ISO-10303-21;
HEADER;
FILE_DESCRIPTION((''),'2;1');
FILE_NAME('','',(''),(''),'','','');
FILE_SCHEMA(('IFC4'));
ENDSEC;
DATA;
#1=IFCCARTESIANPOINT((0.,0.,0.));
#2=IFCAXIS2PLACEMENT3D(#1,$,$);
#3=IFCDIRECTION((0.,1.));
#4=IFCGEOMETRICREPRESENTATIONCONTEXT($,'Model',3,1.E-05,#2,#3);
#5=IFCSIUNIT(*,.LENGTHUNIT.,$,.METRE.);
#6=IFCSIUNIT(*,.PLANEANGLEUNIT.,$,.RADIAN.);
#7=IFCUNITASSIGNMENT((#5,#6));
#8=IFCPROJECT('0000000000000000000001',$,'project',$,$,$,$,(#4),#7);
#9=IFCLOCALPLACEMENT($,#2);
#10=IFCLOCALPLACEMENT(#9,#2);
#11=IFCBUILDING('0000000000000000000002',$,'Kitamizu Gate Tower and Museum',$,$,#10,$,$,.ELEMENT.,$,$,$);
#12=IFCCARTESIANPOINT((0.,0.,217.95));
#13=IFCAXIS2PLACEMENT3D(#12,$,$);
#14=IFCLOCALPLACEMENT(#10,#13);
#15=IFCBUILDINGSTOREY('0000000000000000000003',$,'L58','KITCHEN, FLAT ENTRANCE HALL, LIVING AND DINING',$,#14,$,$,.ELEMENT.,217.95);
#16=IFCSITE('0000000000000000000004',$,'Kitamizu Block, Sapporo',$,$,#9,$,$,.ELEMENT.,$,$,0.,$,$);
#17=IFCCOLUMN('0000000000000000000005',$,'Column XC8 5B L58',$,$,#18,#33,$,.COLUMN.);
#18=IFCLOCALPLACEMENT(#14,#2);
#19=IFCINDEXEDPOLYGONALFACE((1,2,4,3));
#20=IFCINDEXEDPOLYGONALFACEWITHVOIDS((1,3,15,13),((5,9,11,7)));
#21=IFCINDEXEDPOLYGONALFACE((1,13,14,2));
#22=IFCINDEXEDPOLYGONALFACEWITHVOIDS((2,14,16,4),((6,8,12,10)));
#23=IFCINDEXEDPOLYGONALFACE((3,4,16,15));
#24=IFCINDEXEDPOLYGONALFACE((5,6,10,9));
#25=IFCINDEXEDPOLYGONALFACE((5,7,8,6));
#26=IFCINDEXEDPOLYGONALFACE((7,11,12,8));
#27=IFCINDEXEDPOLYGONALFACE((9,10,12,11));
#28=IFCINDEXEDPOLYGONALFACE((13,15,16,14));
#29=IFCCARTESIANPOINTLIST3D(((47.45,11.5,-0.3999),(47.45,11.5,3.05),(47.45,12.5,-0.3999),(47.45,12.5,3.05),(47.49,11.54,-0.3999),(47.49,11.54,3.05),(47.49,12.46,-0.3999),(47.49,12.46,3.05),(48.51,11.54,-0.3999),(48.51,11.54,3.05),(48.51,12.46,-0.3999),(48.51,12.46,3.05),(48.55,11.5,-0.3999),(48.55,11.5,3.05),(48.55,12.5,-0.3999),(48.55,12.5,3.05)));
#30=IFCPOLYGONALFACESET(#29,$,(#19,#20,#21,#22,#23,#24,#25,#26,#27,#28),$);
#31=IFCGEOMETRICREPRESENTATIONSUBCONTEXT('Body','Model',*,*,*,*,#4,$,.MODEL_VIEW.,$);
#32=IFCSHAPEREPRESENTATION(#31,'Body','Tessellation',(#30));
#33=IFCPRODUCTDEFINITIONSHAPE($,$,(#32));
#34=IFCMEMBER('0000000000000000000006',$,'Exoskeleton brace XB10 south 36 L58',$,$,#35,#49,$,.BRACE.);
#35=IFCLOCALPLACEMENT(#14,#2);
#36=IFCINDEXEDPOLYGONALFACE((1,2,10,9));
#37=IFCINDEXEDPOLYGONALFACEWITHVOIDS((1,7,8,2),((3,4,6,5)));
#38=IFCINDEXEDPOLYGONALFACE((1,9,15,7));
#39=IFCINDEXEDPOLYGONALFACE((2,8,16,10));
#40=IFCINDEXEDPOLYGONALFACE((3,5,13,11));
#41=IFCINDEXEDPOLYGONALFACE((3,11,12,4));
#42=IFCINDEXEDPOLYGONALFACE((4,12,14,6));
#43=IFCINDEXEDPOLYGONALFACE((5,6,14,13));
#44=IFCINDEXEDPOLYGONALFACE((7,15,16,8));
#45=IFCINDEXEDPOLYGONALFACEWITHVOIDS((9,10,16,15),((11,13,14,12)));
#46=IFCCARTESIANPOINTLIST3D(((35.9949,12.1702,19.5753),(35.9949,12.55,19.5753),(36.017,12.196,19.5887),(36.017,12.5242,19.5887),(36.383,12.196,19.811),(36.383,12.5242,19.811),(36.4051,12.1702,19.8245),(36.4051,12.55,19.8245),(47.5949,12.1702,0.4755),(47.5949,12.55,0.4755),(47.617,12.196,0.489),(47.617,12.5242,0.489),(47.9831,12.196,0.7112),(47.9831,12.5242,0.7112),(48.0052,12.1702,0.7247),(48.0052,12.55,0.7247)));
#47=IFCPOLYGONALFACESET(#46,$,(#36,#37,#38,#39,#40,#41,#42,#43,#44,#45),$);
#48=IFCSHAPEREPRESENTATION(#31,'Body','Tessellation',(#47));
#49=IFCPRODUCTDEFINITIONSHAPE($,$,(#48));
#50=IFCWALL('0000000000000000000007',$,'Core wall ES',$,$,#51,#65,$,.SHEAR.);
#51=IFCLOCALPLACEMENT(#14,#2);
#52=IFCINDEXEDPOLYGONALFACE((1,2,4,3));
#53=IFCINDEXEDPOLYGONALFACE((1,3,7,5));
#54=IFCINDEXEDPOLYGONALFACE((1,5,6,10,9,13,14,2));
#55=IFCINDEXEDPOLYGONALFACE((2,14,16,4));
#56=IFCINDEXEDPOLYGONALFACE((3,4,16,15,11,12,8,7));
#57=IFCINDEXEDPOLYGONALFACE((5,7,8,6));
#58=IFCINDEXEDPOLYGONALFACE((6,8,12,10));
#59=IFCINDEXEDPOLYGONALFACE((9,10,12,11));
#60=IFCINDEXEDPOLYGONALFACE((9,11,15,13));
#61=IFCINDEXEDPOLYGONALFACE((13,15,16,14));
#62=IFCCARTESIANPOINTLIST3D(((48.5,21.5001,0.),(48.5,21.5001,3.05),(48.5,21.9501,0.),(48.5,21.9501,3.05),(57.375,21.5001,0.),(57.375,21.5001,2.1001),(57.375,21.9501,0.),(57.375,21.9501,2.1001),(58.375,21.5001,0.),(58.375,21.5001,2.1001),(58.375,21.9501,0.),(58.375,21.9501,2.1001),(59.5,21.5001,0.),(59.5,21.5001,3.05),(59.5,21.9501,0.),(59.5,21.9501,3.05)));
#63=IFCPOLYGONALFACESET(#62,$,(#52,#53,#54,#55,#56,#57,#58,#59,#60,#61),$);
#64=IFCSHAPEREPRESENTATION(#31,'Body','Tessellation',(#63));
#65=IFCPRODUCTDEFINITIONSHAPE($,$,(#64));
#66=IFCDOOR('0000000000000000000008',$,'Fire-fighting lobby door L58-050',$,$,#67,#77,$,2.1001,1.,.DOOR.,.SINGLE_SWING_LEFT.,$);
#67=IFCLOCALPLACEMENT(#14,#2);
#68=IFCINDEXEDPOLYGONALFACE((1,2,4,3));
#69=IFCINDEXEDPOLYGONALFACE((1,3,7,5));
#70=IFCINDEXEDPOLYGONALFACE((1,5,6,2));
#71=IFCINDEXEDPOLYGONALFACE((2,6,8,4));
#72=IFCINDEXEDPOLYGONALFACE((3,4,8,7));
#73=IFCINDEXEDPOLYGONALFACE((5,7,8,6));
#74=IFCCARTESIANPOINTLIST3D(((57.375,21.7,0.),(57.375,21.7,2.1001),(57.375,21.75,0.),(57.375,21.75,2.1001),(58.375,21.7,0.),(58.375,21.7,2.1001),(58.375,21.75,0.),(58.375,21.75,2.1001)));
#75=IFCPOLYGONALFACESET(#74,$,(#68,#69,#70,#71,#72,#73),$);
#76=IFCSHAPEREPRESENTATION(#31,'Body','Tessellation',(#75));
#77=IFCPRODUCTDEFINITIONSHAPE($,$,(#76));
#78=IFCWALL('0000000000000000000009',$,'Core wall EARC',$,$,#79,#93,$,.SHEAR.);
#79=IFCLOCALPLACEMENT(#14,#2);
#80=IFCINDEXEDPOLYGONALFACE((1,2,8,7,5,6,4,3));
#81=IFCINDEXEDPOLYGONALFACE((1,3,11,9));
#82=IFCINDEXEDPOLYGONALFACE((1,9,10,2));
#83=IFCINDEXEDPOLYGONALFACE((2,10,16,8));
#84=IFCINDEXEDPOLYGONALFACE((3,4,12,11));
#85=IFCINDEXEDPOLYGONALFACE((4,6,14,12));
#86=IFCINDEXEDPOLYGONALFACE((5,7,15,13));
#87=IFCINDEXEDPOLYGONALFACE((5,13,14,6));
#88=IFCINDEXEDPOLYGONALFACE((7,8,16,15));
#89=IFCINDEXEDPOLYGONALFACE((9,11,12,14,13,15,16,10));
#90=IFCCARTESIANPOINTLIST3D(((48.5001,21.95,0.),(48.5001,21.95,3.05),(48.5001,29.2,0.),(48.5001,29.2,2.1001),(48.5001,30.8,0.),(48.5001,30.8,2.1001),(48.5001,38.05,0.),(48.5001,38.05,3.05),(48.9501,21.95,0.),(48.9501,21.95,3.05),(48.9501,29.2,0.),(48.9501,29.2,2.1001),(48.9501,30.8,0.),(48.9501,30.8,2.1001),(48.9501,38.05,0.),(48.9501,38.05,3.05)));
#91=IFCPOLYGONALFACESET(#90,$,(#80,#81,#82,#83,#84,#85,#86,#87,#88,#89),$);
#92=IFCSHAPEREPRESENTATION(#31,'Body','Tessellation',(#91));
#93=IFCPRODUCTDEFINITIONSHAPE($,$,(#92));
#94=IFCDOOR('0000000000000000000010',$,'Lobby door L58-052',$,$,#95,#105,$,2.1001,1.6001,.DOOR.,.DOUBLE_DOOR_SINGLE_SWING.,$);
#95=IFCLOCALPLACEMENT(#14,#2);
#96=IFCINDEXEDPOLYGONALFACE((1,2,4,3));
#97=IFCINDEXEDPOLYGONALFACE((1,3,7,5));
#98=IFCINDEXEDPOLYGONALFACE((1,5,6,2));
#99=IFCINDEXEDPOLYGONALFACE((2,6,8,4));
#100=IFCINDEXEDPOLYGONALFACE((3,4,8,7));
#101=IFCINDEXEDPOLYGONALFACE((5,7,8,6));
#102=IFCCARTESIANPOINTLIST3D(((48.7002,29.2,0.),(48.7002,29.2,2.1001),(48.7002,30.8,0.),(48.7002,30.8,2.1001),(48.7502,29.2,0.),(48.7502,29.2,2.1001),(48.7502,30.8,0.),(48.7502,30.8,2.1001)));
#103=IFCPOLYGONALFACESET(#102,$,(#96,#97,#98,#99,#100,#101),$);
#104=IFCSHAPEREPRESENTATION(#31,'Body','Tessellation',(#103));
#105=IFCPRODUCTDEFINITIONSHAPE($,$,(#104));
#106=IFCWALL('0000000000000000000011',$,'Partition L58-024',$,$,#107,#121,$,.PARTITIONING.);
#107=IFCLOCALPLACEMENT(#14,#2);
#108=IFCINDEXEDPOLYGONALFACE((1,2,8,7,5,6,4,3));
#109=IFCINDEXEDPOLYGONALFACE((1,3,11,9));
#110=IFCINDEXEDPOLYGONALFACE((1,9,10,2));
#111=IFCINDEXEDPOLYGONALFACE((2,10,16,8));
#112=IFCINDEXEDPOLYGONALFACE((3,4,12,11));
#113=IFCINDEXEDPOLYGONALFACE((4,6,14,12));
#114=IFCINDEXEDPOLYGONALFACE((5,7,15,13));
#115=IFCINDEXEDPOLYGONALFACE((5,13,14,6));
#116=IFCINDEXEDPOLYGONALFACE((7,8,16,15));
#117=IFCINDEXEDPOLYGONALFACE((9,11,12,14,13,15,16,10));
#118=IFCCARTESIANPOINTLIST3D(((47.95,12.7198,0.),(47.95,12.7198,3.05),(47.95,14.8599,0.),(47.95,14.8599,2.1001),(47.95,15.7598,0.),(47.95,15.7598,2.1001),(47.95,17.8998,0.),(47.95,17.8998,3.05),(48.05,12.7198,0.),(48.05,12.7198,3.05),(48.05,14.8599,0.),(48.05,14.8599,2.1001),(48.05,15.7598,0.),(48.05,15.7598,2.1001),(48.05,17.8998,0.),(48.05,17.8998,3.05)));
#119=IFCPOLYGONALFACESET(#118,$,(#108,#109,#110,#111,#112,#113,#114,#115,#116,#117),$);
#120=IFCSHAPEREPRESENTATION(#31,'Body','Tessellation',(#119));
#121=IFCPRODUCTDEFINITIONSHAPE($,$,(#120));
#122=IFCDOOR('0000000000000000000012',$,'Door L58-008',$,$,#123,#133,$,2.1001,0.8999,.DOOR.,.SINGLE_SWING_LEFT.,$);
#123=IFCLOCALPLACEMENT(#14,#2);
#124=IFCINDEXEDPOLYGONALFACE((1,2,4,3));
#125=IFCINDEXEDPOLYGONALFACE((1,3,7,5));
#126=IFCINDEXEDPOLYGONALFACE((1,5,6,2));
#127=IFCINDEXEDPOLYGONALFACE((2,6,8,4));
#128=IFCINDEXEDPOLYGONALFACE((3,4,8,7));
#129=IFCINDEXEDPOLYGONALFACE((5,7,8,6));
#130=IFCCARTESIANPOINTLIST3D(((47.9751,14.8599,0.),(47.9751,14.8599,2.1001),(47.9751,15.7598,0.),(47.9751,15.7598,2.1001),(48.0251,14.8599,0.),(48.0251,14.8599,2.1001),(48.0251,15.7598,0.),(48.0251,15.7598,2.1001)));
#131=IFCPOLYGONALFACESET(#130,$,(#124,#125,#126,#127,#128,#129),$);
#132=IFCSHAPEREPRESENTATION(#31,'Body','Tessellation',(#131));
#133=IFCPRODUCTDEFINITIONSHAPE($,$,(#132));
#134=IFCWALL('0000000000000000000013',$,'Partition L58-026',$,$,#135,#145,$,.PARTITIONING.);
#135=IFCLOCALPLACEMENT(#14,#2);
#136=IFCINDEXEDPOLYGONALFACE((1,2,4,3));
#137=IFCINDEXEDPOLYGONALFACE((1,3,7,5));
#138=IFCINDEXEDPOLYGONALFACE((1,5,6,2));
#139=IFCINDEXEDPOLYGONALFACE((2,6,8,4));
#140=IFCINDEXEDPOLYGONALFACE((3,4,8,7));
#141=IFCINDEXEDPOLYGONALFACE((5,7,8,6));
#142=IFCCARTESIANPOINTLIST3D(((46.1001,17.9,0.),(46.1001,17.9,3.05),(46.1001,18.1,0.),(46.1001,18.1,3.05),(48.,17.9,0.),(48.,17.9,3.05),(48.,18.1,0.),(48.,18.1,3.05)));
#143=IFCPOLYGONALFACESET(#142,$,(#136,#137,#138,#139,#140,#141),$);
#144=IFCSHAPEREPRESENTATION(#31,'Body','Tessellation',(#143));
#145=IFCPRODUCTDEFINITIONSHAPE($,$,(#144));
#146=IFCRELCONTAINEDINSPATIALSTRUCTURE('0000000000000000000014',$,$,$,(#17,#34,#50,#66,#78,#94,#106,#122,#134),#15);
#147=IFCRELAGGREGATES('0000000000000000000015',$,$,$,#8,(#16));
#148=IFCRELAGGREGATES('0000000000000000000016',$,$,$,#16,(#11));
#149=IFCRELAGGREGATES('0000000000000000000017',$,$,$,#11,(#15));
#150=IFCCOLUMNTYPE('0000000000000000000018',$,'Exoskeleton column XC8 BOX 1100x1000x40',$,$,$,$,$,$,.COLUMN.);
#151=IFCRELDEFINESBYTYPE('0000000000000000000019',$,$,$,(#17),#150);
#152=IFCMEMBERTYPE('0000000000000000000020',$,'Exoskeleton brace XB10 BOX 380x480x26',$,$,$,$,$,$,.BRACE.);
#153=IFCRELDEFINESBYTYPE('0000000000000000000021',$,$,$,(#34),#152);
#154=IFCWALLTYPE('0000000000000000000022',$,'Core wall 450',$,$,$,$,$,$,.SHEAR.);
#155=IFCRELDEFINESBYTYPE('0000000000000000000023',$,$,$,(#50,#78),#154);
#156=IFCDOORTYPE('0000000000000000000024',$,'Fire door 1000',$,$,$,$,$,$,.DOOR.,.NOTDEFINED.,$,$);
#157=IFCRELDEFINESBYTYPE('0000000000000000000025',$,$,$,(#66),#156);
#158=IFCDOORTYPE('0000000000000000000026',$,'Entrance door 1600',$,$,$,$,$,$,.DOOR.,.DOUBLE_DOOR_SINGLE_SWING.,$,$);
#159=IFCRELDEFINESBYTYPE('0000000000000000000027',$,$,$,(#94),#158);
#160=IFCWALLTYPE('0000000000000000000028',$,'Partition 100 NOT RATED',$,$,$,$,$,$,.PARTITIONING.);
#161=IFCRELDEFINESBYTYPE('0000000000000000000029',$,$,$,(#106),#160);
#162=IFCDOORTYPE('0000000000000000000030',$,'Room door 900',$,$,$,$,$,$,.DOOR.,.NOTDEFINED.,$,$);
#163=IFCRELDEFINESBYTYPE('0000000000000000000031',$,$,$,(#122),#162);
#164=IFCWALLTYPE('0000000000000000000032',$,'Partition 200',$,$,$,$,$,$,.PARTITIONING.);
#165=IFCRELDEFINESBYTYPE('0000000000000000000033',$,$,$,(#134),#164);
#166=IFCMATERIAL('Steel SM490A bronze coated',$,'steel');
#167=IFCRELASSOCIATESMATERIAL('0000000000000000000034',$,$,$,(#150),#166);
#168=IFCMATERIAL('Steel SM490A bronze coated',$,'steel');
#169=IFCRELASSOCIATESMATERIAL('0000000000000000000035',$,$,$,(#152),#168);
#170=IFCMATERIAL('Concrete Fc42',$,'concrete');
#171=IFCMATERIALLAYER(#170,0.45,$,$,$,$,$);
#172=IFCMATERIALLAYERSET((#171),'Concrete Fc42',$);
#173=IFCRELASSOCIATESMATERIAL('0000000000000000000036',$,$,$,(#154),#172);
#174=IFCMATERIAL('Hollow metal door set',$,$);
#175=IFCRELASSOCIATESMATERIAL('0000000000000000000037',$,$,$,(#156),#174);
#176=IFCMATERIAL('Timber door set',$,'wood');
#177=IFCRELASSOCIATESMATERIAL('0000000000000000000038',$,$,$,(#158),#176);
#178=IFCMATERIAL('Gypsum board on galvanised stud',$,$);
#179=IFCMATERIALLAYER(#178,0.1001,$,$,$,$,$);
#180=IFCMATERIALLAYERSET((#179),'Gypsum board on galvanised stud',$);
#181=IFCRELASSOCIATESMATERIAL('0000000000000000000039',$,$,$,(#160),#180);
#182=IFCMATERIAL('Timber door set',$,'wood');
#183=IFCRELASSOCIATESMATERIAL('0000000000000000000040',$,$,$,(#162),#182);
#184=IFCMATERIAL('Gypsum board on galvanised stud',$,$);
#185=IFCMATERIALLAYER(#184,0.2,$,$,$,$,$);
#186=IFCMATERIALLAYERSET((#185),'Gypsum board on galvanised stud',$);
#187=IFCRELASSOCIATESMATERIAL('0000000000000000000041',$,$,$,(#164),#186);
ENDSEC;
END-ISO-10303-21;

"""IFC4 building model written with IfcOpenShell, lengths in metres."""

from ifc_helpers import new_model, si_unit, direction, frame, frame_2d, origin, origin_2d, place, context, subcontext, project, spatial, rectangle, hollow_rectangle, extrude, material, layer, layer_set, material_profile, profile_set, type_object, element, fill, save


model = new_model("IFC4")

# Units and contexts
model_context = context("Model", 3, precision=1e-05, world=origin(), true_north=direction((0.0, 1.0)))
body_context = subcontext(model_context, "Body", "Model", "MODEL_VIEW")
ifc_project = project(units=[si_unit("LENGTHUNIT", "METRE"), si_unit("PLANEANGLEUNIT", "RADIAN")], contexts=[model_context])

# Site, building, storey
site_placement = place(None, origin())
site = spatial("IfcSite", under=ifc_project, at=site_placement, Name="Kitamizu Block, Sapporo", CompositionType="ELEMENT", RefElevation=0.0)
building_placement = place(site_placement, origin())
building = spatial("IfcBuilding", under=site, at=building_placement, Name="Kitamizu Gate Tower and Museum", CompositionType="ELEMENT")
storey_placement = place(building_placement, frame((0.0, 0.0, 217.95)))
storey = spatial("IfcBuildingStorey", under=building, at=storey_placement, Name="L58", Description="KITCHEN, FLAT ENTRANCE HALL, LIVING AND DINING", CompositionType="ELEMENT", Elevation=217.95)

# Column
ifc_material_1 = material(Name="Steel SM490A bronze coated", Category="steel")
ifc_material_profile_1 = material_profile(ifc_material_1, hollow_rectangle(XDim=1.1001, YDim=1.0, WallThickness=0.04, at=origin_2d()), Name="BOX 1100x1000x40")
ifc_profile_set_1 = profile_set([ifc_material_profile_1], Name="Steel SM490A bronze coated")
column_type = type_object("IfcColumnType", Name="Exoskeleton column XC8 BOX 1100x1000x40", PredefinedType="COLUMN", material=ifc_profile_set_1)
column_placement = place(storey_placement, frame((48.0, 12.0, -0.3999), z_axis=(0.0, 0.0, 1.0), x_axis=(1.0, 0.0, 0.0)))
element("IfcColumn", 1, at=column_placement, inside=storey, type_object=column_type, Name="Column XC8 5B L58", PredefinedType="COLUMN", context=body_context, shape_type="SweptSolid", body=[
    extrude(hollow_rectangle(XDim=1.1001, YDim=1.0, WallThickness=0.04, at=origin_2d()), origin(), (0.0, 0.0, 1.0), 3.45),
])

# Member
ifc_material_2 = material(Name="Steel SM490A bronze coated", Category="steel")
ifc_material_profile_2 = material_profile(ifc_material_2, hollow_rectangle(XDim=0.3799, YDim=0.48, WallThickness=0.0259, at=origin_2d()), Name="BOX 380x480x26")
ifc_profile_set_2 = profile_set([ifc_material_profile_2], Name="Steel SM490A bronze coated")
member_type = type_object("IfcMemberType", Name="Exoskeleton brace XB10 BOX 380x480x26", PredefinedType="BRACE", material=ifc_profile_set_2)
member_placement = place(storey_placement, frame((47.8, 12.3601, 0.6001), z_axis=(-0.519101, 0.0, 0.854713), x_axis=(0.0, -1.0, 0.0)))
element("IfcMember", 2, at=member_placement, inside=storey, type_object=member_type, Name="Exoskeleton brace XB10 south 36 L58", PredefinedType="BRACE", context=body_context, shape_type="SweptSolid", body=[
    extrude(hollow_rectangle(XDim=0.3799, YDim=0.48, WallThickness=0.0259, at=origin_2d()), origin(), (0.0, 0.0, 1.0), 22.3464),
])

# Walls, openings, doors
ifc_material_3 = material(Name="Concrete Fc42", Category="concrete")
ifc_layer_1 = layer(ifc_material_3, 0.45)
ifc_layer_set_1 = layer_set([ifc_layer_1], Name="Concrete Fc42")
wall_type_1 = type_object("IfcWallType", Name="Core wall 450", PredefinedType="SHEAR", material=ifc_layer_set_1)
wall_1_placement = place(storey_placement, frame((59.5, 21.7251, 0.0), z_axis=(0.0, 0.0, 1.0), x_axis=(-1.0, 0.0, 0.0)))
wall_1 = element("IfcWall", 3, at=wall_1_placement, inside=storey, type_object=wall_type_1, Name="Core wall ES", PredefinedType="SHEAR", context=body_context, shape_type="SweptSolid", body=[
    extrude(rectangle(XDim=11.0, YDim=0.45, at=frame_2d((5.5, 0.0))), origin(), (0.0, 0.0, 1.0), 3.05),
])
opening_1_placement = place(wall_1_placement, frame((1.125, 0.0, 0.0)))
opening_1 = element("IfcOpeningElement", 4, at=opening_1_placement, cuts=wall_1, PredefinedType="OPENING", context=body_context, shape_type="SweptSolid", body=[
    extrude(rectangle(XDim=1.0, YDim=2.1001, at=frame_2d((0.5, 1.05))), frame((0.0, 0.2349, 0.0), z_axis=(0.0, -1.0, 0.0), x_axis=(1.0, 0.0, 0.0)), (0.0, 0.0, 1.0), 0.47),
])
ifc_material_4 = material(Name="Hollow metal door set")
door_type_1 = type_object("IfcDoorType", Name="Fire door 1000", OperationType="NOTDEFINED", PredefinedType="DOOR", material=ifc_material_4)
door_1_placement = place(opening_1_placement, frame((1.0, 0.0, 0.0), x_axis=(-1.0, 0.0, 0.0)))
door_1 = element("IfcDoor", 5, at=door_1_placement, inside=storey, type_object=door_type_1, Name="Fire-fighting lobby door L58-050", OperationType="SINGLE_SWING_LEFT", OverallHeight=2.1001, OverallWidth=1.0, PredefinedType="DOOR", context=body_context, shape_type="SweptSolid", body=[
    extrude(rectangle(XDim=1.0, YDim=2.1001, at=frame_2d((0.5, 1.05))), frame((0.0, 0.0249, 0.0), z_axis=(0.0, -1.0, 0.0), x_axis=(1.0, 0.0, 0.0)), (0.0, 0.0, 1.0), 0.05),
])
fill(opening_1, door_1)
wall_2_placement = place(storey_placement, frame((48.7251, 21.95, 0.0), z_axis=(0.0, 0.0, 1.0), x_axis=(0.0, 1.0, 0.0)))
wall_2 = element("IfcWall", 6, at=wall_2_placement, inside=storey, type_object=wall_type_1, Name="Core wall EARC", PredefinedType="SHEAR", context=body_context, shape_type="SweptSolid", body=[
    extrude(rectangle(XDim=16.1001, YDim=0.45, at=frame_2d((8.05, 0.0))), origin(), (0.0, 0.0, 1.0), 3.05),
])
opening_2_placement = place(wall_2_placement, frame((7.25, 0.0, 0.0)))
opening_2 = element("IfcOpeningElement", 7, at=opening_2_placement, cuts=wall_2, PredefinedType="OPENING", context=body_context, shape_type="SweptSolid", body=[
    extrude(rectangle(XDim=1.6001, YDim=2.1001, at=frame_2d((0.8, 1.05))), frame((0.0, 0.2349, 0.0), z_axis=(0.0, -1.0, 0.0), x_axis=(1.0, 0.0, 0.0)), (0.0, 0.0, 1.0), 0.47),
])
ifc_material_5 = material(Name="Timber door set", Category="wood")
door_type_2 = type_object("IfcDoorType", Name="Entrance door 1600", OperationType="DOUBLE_DOOR_SINGLE_SWING", PredefinedType="DOOR", material=ifc_material_5)
door_2_placement = place(opening_2_placement, origin())
door_2 = element("IfcDoor", 8, at=door_2_placement, inside=storey, type_object=door_type_2, Name="Lobby door L58-052", OperationType="DOUBLE_DOOR_SINGLE_SWING", OverallHeight=2.1001, OverallWidth=1.6001, PredefinedType="DOOR", context=body_context, shape_type="SweptSolid", body=[
    extrude(rectangle(XDim=1.6001, YDim=2.1001, at=frame_2d((0.8, 1.05))), frame((0.0, 0.0249, 0.0), z_axis=(0.0, -1.0, 0.0), x_axis=(1.0, 0.0, 0.0)), (0.0, 0.0, 1.0), 0.05),
])
fill(opening_2, door_2)
ifc_material_6 = material(Name="Gypsum board on galvanised stud")
ifc_layer_2 = layer(ifc_material_6, 0.1001)
ifc_layer_set_2 = layer_set([ifc_layer_2], Name="Gypsum board on galvanised stud")
wall_type_2 = type_object("IfcWallType", Name="Partition 100 NOT RATED", PredefinedType="PARTITIONING", material=ifc_layer_set_2)
wall_3_placement = place(storey_placement, frame((48.0, 12.72, 0.0), z_axis=(0.0, 0.0, 1.0), x_axis=(0.0, 1.0, 0.0)))
wall_3 = element("IfcWall", 9, at=wall_3_placement, inside=storey, type_object=wall_type_2, Name="Partition L58-024", PredefinedType="PARTITIONING", context=body_context, shape_type="SweptSolid", body=[
    extrude(rectangle(XDim=5.1799, YDim=0.1001, at=frame_2d((2.5898, 0.0))), origin(), (0.0, 0.0, 1.0), 3.05),
])
opening_3_placement = place(wall_3_placement, frame((2.1399, 0.0, 0.0)))
opening_3 = element("IfcOpeningElement", 10, at=opening_3_placement, cuts=wall_3, PredefinedType="OPENING", context=body_context, shape_type="SweptSolid", body=[
    extrude(rectangle(XDim=0.8999, YDim=2.1001, at=frame_2d((0.45, 1.05))), frame((0.0, 0.0601, 0.0), z_axis=(0.0, -1.0, 0.0), x_axis=(1.0, 0.0, 0.0)), (0.0, 0.0, 1.0), 0.1201),
])
ifc_material_7 = material(Name="Timber door set", Category="wood")
door_type_3 = type_object("IfcDoorType", Name="Room door 900", OperationType="NOTDEFINED", PredefinedType="DOOR", material=ifc_material_7)
door_3_placement = place(opening_3_placement, origin())
door_3 = element("IfcDoor", 11, at=door_3_placement, inside=storey, type_object=door_type_3, Name="Door L58-008", OperationType="SINGLE_SWING_LEFT", OverallHeight=2.1001, OverallWidth=0.8999, PredefinedType="DOOR", context=body_context, shape_type="SweptSolid", body=[
    extrude(rectangle(XDim=0.8999, YDim=2.1001, at=frame_2d((0.45, 1.05))), frame((0.0, 0.0249, 0.0), z_axis=(0.0, -1.0, 0.0), x_axis=(1.0, 0.0, 0.0)), (0.0, 0.0, 1.0), 0.05),
])
fill(opening_3, door_3)

# Wall
ifc_material_8 = material(Name="Gypsum board on galvanised stud")
ifc_layer_3 = layer(ifc_material_8, 0.2)
ifc_layer_set_3 = layer_set([ifc_layer_3], Name="Gypsum board on galvanised stud")
wall_type_3 = type_object("IfcWallType", Name="Partition 200", PredefinedType="PARTITIONING", material=ifc_layer_set_3)
wall_4_placement = place(storey_placement, frame((48.0, 18.0, 0.0), z_axis=(0.0, 0.0, 1.0), x_axis=(-1.0, 0.0, 0.0)))
element("IfcWall", 12, at=wall_4_placement, inside=storey, type_object=wall_type_3, Name="Partition L58-026", PredefinedType="PARTITIONING", context=body_context, shape_type="SweptSolid", body=[
    extrude(rectangle(XDim=1.8999, YDim=0.2, at=frame_2d((0.95, 0.0))), origin(), (0.0, 0.0, 1.0), 3.05),
])

save(model, "model.ifc")
